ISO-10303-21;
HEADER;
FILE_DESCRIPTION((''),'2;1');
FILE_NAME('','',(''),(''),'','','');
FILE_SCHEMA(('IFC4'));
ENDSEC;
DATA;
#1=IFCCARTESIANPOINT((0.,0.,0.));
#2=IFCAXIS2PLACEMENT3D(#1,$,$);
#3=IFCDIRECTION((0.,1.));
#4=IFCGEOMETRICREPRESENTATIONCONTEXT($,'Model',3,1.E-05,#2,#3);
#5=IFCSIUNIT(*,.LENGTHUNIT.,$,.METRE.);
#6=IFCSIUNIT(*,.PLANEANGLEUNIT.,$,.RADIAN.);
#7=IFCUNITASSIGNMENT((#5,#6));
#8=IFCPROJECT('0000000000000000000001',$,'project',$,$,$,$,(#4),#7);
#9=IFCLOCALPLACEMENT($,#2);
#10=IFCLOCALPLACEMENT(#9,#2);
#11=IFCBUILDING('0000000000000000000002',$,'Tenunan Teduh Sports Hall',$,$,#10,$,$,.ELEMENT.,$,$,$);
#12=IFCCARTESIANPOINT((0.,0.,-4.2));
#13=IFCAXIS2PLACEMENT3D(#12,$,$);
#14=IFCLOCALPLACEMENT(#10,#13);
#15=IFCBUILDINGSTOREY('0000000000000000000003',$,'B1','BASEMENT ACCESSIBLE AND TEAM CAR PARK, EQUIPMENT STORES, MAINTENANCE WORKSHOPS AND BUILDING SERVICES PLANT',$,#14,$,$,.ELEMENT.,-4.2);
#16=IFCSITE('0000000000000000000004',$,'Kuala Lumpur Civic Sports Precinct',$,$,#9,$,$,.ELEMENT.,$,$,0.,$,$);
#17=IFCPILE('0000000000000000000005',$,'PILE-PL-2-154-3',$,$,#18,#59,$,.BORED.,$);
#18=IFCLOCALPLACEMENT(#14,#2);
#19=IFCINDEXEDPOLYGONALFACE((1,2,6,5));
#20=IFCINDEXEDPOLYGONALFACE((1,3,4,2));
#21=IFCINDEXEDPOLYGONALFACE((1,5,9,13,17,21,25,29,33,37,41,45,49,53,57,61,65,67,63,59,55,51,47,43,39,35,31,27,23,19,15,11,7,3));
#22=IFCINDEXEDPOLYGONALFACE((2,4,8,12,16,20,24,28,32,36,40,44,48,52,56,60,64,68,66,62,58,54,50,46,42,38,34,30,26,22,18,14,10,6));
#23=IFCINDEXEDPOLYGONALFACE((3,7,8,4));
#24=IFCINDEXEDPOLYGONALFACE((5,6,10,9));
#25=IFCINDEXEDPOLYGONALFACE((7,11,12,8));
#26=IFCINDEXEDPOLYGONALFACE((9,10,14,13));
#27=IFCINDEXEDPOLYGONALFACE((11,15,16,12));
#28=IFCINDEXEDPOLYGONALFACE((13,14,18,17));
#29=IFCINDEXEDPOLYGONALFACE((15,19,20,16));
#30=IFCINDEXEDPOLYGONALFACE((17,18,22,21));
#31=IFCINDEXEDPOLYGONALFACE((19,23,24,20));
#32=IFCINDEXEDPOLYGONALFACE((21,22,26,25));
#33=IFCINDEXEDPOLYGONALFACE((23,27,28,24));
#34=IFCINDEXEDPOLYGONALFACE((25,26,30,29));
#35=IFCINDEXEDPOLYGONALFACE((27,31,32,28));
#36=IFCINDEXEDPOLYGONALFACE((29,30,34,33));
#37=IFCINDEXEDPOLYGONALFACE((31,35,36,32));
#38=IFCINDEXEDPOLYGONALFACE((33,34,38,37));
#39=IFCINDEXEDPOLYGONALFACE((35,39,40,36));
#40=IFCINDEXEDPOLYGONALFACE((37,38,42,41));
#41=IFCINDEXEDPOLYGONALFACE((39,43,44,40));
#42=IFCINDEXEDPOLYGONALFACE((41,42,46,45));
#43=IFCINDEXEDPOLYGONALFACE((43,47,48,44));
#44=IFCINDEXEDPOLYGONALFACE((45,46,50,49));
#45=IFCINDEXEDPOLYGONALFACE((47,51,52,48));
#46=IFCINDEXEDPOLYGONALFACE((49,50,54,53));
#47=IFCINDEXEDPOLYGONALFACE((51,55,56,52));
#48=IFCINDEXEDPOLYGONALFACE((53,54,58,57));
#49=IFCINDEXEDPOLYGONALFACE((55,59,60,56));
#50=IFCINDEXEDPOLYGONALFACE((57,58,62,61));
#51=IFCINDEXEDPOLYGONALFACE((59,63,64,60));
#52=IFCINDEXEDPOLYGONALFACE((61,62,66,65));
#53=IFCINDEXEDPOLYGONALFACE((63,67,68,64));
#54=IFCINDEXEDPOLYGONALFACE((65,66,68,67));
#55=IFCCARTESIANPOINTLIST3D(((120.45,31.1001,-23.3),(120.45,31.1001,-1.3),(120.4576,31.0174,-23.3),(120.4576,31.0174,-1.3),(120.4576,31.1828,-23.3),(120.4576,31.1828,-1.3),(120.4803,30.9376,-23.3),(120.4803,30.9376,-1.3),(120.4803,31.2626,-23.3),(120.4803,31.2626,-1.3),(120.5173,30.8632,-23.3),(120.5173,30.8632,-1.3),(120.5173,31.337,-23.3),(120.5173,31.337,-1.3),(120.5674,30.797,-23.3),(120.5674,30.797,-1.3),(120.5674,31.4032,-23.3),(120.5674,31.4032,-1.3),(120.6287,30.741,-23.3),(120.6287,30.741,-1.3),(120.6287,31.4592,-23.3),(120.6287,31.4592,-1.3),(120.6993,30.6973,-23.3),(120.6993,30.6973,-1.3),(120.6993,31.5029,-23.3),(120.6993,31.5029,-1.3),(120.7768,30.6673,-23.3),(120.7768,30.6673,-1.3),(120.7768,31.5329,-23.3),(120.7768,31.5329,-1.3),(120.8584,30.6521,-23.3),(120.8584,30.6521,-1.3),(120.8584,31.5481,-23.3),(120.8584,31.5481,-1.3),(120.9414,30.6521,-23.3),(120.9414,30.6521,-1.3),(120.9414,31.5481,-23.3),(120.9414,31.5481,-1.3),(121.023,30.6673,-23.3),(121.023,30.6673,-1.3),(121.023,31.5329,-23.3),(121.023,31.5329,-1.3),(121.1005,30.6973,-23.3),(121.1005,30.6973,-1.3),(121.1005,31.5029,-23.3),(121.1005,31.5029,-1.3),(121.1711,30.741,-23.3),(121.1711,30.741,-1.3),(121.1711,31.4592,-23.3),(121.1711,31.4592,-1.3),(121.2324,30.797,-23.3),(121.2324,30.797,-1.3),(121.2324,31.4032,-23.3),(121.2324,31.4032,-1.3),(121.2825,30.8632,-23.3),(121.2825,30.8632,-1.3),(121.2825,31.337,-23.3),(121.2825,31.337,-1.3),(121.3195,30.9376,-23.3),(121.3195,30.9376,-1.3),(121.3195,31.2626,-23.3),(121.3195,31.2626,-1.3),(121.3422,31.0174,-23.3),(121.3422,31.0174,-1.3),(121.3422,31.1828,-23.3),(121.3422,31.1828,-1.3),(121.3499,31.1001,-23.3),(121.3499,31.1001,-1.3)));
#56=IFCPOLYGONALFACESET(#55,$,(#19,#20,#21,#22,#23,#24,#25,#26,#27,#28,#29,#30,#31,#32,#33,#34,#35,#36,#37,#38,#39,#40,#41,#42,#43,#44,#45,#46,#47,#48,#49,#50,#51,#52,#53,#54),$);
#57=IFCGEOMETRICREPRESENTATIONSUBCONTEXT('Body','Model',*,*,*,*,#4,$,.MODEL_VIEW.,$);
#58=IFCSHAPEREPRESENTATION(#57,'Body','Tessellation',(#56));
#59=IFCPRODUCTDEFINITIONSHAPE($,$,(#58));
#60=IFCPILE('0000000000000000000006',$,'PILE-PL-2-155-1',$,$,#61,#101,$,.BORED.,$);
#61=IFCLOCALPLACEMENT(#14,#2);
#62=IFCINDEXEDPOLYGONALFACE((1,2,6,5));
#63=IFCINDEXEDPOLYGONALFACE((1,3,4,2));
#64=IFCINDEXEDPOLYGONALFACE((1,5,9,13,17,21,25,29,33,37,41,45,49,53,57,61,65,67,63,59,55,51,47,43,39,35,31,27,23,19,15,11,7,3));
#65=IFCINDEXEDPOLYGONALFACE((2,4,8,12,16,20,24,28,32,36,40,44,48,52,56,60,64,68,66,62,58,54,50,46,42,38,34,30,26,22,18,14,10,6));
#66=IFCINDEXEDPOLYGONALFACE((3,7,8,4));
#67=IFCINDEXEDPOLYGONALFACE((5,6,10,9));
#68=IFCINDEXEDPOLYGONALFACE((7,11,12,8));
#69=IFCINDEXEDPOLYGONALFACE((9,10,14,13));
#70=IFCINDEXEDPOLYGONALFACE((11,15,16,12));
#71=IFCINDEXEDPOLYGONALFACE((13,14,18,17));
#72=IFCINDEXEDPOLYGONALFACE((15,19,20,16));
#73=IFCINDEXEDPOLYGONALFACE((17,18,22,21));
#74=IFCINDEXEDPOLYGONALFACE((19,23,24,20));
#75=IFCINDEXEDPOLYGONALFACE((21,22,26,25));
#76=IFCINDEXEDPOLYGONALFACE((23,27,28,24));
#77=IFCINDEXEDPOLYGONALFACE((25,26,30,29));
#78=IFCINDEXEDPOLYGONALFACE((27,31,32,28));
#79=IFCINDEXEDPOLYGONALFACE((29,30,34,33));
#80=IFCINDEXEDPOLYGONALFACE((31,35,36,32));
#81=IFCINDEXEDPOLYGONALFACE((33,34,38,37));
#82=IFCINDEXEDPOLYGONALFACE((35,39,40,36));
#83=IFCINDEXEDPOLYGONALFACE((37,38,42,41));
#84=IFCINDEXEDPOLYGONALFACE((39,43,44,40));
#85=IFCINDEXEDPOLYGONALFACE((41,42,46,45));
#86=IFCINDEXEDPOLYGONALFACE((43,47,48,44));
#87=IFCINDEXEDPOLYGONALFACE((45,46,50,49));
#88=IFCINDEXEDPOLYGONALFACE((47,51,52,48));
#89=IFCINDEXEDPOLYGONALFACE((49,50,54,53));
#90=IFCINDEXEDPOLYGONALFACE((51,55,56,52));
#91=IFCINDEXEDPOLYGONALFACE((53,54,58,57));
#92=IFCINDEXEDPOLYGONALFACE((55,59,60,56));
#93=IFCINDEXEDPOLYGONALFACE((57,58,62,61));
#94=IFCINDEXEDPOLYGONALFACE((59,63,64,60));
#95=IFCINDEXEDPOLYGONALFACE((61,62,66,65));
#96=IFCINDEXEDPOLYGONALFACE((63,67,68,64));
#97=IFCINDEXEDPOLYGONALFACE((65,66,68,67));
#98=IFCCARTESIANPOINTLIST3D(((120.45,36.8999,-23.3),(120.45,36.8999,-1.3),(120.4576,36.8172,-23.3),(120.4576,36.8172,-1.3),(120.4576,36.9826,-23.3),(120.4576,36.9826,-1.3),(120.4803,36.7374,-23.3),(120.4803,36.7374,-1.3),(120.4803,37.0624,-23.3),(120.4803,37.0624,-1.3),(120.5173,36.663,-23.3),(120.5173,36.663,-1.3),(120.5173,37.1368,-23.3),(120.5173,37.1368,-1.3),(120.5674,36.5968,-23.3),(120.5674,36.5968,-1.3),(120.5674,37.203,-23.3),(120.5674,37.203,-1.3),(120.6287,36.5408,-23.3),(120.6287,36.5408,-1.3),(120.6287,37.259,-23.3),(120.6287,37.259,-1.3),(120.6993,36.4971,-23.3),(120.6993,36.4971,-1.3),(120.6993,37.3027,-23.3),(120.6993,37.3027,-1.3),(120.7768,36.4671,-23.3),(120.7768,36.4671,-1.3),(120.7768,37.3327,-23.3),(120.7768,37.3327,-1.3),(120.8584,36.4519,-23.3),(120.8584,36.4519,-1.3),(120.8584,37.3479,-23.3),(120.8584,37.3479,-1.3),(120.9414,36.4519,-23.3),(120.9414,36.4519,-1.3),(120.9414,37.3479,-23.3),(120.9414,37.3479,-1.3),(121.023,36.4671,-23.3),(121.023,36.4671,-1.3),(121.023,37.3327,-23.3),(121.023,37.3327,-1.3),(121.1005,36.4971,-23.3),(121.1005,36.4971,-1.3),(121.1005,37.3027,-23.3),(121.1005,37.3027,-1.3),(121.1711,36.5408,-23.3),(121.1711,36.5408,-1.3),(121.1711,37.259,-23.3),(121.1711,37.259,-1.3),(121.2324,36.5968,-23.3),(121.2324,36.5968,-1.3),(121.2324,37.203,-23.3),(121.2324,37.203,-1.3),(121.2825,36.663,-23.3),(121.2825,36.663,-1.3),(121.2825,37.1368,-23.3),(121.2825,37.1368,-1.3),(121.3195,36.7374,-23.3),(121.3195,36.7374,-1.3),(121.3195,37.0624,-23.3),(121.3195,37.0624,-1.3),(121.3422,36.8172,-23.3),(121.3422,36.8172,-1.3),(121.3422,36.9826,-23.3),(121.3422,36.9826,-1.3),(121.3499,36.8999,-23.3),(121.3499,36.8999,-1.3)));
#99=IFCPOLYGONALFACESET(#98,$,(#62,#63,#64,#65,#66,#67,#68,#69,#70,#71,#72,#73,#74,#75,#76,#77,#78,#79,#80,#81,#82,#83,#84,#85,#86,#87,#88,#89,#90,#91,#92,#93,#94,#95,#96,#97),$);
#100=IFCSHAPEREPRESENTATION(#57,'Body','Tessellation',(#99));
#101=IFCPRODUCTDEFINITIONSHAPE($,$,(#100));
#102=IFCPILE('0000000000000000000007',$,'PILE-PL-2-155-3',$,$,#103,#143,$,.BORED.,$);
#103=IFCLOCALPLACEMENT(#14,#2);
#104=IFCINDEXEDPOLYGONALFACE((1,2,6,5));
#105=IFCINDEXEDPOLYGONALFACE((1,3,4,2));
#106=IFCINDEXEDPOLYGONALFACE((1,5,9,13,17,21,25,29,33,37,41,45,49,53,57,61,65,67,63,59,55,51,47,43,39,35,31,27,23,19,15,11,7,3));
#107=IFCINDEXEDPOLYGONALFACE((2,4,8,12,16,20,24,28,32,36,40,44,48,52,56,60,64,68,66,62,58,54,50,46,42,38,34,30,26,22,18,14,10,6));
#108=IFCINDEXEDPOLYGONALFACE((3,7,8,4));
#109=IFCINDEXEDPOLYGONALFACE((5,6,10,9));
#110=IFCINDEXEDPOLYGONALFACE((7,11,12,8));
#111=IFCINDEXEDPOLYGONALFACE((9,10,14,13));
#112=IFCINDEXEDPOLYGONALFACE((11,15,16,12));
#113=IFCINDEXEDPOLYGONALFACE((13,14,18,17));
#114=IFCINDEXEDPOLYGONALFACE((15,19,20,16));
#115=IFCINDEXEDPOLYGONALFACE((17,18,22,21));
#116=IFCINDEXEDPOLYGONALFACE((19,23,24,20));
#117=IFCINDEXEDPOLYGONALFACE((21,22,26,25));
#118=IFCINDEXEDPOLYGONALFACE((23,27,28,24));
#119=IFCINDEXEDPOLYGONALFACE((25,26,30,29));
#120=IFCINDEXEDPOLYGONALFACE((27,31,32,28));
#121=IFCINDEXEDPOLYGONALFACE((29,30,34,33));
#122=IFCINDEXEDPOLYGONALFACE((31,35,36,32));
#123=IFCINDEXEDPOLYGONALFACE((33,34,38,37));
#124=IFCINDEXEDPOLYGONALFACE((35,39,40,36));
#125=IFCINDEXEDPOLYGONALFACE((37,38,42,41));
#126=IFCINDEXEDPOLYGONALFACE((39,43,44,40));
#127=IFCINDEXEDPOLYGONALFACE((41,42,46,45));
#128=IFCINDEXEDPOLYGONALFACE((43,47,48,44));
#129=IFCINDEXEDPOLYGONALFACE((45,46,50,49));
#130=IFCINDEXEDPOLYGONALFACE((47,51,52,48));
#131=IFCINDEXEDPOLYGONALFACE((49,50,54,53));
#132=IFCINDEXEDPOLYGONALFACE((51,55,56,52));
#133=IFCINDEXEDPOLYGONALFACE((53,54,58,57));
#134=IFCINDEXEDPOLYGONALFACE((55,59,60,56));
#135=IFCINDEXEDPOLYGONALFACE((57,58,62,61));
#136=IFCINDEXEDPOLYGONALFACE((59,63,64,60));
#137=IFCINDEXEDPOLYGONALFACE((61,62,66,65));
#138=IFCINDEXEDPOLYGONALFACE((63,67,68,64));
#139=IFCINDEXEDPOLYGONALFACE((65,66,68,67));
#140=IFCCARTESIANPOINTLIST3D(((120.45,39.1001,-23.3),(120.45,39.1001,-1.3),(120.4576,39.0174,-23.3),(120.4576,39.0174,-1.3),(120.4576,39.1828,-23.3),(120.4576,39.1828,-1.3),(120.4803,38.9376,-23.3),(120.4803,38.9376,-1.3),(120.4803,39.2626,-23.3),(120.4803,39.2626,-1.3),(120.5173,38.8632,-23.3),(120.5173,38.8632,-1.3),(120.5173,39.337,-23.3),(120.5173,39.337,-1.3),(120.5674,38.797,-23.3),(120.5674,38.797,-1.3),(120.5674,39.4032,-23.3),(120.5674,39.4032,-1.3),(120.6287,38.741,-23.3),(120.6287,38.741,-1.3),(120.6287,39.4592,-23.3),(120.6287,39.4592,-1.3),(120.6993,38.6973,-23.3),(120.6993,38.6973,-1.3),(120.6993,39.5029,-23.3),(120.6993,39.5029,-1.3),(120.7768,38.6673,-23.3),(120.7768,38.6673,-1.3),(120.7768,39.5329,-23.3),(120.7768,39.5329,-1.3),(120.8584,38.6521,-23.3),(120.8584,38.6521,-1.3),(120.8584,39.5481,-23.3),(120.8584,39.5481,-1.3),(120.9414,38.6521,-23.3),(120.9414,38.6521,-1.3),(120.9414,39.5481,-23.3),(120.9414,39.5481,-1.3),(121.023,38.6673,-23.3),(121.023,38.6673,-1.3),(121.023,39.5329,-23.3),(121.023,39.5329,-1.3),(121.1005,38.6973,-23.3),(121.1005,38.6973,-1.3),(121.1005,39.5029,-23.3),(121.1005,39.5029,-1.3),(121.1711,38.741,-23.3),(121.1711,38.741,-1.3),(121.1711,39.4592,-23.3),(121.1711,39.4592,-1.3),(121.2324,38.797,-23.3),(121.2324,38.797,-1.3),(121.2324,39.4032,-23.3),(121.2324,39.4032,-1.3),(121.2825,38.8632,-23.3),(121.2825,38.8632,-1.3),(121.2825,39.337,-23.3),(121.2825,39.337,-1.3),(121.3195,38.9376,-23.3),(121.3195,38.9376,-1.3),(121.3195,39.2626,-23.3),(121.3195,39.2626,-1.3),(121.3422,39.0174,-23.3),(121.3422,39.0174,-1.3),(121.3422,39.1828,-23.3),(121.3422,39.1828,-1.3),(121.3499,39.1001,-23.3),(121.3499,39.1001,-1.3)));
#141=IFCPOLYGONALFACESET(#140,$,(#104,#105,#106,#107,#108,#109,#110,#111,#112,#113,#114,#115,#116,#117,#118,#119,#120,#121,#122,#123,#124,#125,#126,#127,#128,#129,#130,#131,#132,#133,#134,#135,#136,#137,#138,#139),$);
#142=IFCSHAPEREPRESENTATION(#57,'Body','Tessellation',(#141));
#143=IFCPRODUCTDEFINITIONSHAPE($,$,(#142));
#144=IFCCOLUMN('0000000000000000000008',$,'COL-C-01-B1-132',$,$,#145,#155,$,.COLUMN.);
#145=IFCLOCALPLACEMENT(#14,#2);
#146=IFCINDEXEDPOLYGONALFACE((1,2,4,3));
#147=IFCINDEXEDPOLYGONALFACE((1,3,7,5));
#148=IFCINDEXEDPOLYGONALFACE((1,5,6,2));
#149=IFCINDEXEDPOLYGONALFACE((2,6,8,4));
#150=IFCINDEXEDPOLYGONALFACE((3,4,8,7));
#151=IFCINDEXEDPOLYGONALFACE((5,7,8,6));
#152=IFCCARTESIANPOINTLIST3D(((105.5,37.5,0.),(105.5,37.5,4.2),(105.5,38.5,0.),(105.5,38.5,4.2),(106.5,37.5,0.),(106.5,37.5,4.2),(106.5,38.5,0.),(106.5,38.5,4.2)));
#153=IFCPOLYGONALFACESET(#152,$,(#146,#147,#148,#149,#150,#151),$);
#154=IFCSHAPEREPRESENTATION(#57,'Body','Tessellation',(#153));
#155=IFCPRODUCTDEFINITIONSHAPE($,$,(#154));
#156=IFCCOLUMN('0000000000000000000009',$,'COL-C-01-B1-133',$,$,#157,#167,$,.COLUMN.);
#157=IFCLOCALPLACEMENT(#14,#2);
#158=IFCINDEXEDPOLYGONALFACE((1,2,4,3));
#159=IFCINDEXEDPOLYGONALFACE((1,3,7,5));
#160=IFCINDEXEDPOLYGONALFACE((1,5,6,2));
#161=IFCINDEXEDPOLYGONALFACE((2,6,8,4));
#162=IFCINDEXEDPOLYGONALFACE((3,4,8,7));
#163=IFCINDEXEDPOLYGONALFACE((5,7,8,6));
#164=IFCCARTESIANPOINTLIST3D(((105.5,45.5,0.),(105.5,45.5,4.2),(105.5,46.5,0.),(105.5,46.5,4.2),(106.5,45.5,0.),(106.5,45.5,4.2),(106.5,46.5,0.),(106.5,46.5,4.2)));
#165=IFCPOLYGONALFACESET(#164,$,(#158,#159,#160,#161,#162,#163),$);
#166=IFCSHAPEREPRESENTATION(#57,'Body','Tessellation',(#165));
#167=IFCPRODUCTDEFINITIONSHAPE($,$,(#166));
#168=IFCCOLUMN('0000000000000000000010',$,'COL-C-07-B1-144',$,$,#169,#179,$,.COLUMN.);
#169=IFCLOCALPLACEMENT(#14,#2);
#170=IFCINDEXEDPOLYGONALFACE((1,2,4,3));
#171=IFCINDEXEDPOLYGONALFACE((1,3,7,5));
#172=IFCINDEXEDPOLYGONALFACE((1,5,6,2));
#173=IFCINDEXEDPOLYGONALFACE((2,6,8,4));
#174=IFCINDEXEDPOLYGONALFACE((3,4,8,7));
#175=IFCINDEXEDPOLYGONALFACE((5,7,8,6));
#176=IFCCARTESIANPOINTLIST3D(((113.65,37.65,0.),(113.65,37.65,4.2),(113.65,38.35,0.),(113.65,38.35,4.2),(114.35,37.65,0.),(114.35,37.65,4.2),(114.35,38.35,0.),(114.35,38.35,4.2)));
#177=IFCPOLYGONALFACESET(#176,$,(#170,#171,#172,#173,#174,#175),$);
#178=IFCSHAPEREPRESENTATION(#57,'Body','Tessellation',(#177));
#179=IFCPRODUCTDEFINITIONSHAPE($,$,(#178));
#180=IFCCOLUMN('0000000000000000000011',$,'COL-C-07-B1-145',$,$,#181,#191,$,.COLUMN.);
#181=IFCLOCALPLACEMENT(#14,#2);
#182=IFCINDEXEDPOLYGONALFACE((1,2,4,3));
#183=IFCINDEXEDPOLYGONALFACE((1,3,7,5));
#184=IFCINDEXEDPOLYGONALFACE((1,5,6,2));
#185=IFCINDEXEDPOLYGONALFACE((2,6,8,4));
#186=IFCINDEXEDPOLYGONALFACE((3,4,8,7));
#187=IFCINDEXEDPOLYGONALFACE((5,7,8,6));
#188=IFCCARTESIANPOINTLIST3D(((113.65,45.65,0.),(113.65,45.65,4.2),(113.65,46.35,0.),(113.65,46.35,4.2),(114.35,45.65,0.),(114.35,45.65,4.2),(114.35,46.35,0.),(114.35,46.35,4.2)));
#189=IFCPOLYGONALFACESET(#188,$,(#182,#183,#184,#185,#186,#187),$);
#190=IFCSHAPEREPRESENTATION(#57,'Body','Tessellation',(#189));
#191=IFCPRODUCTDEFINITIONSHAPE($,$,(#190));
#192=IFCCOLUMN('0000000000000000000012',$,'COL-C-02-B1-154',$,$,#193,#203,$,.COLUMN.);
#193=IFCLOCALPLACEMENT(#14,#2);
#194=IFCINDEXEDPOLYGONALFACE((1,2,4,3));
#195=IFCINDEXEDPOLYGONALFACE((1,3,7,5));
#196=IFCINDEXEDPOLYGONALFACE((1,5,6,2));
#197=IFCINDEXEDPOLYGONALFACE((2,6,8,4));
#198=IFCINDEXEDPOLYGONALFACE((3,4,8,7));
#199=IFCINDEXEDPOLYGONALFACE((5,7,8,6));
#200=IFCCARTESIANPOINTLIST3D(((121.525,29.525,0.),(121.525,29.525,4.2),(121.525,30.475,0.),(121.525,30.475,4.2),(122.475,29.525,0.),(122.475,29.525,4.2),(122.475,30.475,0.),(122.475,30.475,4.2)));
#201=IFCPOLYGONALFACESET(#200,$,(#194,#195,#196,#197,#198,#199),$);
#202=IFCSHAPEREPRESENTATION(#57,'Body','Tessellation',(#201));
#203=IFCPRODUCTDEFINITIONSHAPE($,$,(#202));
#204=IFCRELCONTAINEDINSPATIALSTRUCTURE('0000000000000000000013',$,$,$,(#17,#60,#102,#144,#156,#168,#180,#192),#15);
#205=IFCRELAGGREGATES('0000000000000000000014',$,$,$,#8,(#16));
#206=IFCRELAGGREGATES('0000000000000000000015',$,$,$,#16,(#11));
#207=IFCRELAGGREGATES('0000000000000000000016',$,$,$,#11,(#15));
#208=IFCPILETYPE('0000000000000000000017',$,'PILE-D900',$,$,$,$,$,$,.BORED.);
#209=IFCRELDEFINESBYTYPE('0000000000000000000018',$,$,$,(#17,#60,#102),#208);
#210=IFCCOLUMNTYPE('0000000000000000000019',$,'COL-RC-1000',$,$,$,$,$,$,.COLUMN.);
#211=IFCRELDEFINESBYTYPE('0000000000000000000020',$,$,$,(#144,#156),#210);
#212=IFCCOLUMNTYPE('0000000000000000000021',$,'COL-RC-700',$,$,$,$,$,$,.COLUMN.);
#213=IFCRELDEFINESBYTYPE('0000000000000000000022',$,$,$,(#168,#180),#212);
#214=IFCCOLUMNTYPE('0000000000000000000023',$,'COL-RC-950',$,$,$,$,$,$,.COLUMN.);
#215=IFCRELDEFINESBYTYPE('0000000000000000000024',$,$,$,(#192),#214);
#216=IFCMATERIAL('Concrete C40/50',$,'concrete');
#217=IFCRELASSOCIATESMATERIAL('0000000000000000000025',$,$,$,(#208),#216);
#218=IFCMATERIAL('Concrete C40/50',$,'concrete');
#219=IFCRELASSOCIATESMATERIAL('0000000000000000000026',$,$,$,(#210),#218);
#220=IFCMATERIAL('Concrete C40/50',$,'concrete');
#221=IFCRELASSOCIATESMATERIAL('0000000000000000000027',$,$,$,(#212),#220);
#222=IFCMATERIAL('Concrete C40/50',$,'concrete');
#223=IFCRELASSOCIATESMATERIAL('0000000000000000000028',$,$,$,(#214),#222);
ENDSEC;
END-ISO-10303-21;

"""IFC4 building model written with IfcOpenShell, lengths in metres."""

from ifc_helpers import new_model, si_unit, direction, frame, origin, origin_2d, place, context, subcontext, project, spatial, rectangle, circle, extrude, material, material_profile, profile_set, type_object, element, save


model = new_model("IFC4")

# Units and contexts
model_context = context("Model", 3, precision=1e-05, world=origin(), true_north=direction((0.0, 1.0)))
body_context = subcontext(model_context, "Body", "Model", "MODEL_VIEW")
ifc_project = project(units=[si_unit("LENGTHUNIT", "METRE"), si_unit("PLANEANGLEUNIT", "RADIAN")], contexts=[model_context])

# Site, building, storey
site_placement = place(None, origin())
site = spatial("IfcSite", under=ifc_project, at=site_placement, Name="Kuala Lumpur Civic Sports Precinct", CompositionType="ELEMENT", RefElevation=0.0)
building_placement = place(site_placement, origin())
building = spatial("IfcBuilding", under=site, at=building_placement, Name="Tenunan Teduh Sports Hall", CompositionType="ELEMENT")
storey_placement = place(building_placement, frame((0.0, 0.0, -4.2)))
storey = spatial("IfcBuildingStorey", under=building, at=storey_placement, Name="B1", Description="BASEMENT ACCESSIBLE AND TEAM CAR PARK, EQUIPMENT STORES, MAINTENANCE WORKSHOPS AND BUILDING SERVICES PLANT", CompositionType="ELEMENT", Elevation=-4.2)

# Piles
ifc_material_1 = material(Name="Concrete C40/50", Category="concrete")
ifc_material_profile_1 = material_profile(ifc_material_1, circle(Radius=0.45, at=origin_2d()), Name="PILE D900")
ifc_profile_set_1 = profile_set([ifc_material_profile_1], Name="Concrete C40/50")
pile_type_1 = type_object("IfcPileType", Name="PILE-D900", PredefinedType="BORED", material=ifc_profile_set_1)
for number, where, z_axis, x_axis, name in (
    (1, (120.8999, 31.1001, -1.3), (0.0, 0.0, -1.0), (1.0, 0.0, 0.0), "PILE-PL-2-154-3"),
    (2, (120.8999, 36.8999, -1.3), (0.0, 0.0, -1.0), (1.0, 0.0, 0.0), "PILE-PL-2-155-1"),
    (3, (120.8999, 39.1001, -1.3), (0.0, 0.0, -1.0), (1.0, 0.0, 0.0), "PILE-PL-2-155-3"),
):
    element("IfcPile", number, at=place(storey_placement, frame(where, z_axis=z_axis, x_axis=x_axis)), inside=storey, type_object=pile_type_1, Name=name, PredefinedType="BORED", context=body_context, shape_type="SweptSolid", body=[
        extrude(circle(Radius=0.45, at=origin_2d()), origin(), (0.0, 0.0, 1.0), 22.0),
    ])

# Columns
ifc_material_2 = material(Name="Concrete C40/50", Category="concrete")
ifc_material_profile_2 = material_profile(ifc_material_2, rectangle(XDim=1.0, YDim=1.0, at=origin_2d()), Name="RC 1000x1000")
ifc_profile_set_2 = profile_set([ifc_material_profile_2], Name="Concrete C40/50")
column_type_1 = type_object("IfcColumnType", Name="COL-RC-1000", PredefinedType="COLUMN", material=ifc_profile_set_2)
for number, where, z_axis, x_axis, name in (
    (4, (106.0, 38.0, 0.0), (0.0, 0.0, 1.0), (1.0, 0.0, 0.0), "COL-C-01-B1-132"),
    (5, (106.0, 46.0, 0.0), (0.0, 0.0, 1.0), (1.0, 0.0, 0.0), "COL-C-01-B1-133"),
):
    element("IfcColumn", number, at=place(storey_placement, frame(where, z_axis=z_axis, x_axis=x_axis)), inside=storey, type_object=column_type_1, Name=name, PredefinedType="COLUMN", context=body_context, shape_type="SweptSolid", body=[
        extrude(rectangle(XDim=1.0, YDim=1.0, at=origin_2d()), origin(), (0.0, 0.0, 1.0), 4.2),
    ])
ifc_material_3 = material(Name="Concrete C40/50", Category="concrete")
ifc_material_profile_3 = material_profile(ifc_material_3, rectangle(XDim=0.7, YDim=0.7, at=origin_2d()), Name="RC 700x700")
ifc_profile_set_3 = profile_set([ifc_material_profile_3], Name="Concrete C40/50")
column_type_2 = type_object("IfcColumnType", Name="COL-RC-700", PredefinedType="COLUMN", material=ifc_profile_set_3)
for number, where, z_axis, x_axis, name in (
    (6, (114.0, 38.0, 0.0), (0.0, 0.0, 1.0), (1.0, 0.0, 0.0), "COL-C-07-B1-144"),
    (7, (114.0, 46.0, 0.0), (0.0, 0.0, 1.0), (1.0, 0.0, 0.0), "COL-C-07-B1-145"),
):
    element("IfcColumn", number, at=place(storey_placement, frame(where, z_axis=z_axis, x_axis=x_axis)), inside=storey, type_object=column_type_2, Name=name, PredefinedType="COLUMN", context=body_context, shape_type="SweptSolid", body=[
        extrude(rectangle(XDim=0.7, YDim=0.7, at=origin_2d()), origin(), (0.0, 0.0, 1.0), 4.2),
    ])
ifc_material_4 = material(Name="Concrete C40/50", Category="concrete")
ifc_material_profile_4 = material_profile(ifc_material_4, rectangle(XDim=0.95, YDim=0.95, at=origin_2d()), Name="RC 950x950")
ifc_profile_set_4 = profile_set([ifc_material_profile_4], Name="Concrete C40/50")
column_type_3 = type_object("IfcColumnType", Name="COL-RC-950", PredefinedType="COLUMN", material=ifc_profile_set_4)
for number, where, z_axis, x_axis, name in (
    (8, (122.0, 30.0, 0.0), (0.0, 0.0, 1.0), (1.0, 0.0, 0.0), "COL-C-02-B1-154"),
):
    element("IfcColumn", number, at=place(storey_placement, frame(where, z_axis=z_axis, x_axis=x_axis)), inside=storey, type_object=column_type_3, Name=name, PredefinedType="COLUMN", context=body_context, shape_type="SweptSolid", body=[
        extrude(rectangle(XDim=0.95, YDim=0.95, at=origin_2d()), origin(), (0.0, 0.0, 1.0), 4.2),
    ])

save(model, "model.ifc")
